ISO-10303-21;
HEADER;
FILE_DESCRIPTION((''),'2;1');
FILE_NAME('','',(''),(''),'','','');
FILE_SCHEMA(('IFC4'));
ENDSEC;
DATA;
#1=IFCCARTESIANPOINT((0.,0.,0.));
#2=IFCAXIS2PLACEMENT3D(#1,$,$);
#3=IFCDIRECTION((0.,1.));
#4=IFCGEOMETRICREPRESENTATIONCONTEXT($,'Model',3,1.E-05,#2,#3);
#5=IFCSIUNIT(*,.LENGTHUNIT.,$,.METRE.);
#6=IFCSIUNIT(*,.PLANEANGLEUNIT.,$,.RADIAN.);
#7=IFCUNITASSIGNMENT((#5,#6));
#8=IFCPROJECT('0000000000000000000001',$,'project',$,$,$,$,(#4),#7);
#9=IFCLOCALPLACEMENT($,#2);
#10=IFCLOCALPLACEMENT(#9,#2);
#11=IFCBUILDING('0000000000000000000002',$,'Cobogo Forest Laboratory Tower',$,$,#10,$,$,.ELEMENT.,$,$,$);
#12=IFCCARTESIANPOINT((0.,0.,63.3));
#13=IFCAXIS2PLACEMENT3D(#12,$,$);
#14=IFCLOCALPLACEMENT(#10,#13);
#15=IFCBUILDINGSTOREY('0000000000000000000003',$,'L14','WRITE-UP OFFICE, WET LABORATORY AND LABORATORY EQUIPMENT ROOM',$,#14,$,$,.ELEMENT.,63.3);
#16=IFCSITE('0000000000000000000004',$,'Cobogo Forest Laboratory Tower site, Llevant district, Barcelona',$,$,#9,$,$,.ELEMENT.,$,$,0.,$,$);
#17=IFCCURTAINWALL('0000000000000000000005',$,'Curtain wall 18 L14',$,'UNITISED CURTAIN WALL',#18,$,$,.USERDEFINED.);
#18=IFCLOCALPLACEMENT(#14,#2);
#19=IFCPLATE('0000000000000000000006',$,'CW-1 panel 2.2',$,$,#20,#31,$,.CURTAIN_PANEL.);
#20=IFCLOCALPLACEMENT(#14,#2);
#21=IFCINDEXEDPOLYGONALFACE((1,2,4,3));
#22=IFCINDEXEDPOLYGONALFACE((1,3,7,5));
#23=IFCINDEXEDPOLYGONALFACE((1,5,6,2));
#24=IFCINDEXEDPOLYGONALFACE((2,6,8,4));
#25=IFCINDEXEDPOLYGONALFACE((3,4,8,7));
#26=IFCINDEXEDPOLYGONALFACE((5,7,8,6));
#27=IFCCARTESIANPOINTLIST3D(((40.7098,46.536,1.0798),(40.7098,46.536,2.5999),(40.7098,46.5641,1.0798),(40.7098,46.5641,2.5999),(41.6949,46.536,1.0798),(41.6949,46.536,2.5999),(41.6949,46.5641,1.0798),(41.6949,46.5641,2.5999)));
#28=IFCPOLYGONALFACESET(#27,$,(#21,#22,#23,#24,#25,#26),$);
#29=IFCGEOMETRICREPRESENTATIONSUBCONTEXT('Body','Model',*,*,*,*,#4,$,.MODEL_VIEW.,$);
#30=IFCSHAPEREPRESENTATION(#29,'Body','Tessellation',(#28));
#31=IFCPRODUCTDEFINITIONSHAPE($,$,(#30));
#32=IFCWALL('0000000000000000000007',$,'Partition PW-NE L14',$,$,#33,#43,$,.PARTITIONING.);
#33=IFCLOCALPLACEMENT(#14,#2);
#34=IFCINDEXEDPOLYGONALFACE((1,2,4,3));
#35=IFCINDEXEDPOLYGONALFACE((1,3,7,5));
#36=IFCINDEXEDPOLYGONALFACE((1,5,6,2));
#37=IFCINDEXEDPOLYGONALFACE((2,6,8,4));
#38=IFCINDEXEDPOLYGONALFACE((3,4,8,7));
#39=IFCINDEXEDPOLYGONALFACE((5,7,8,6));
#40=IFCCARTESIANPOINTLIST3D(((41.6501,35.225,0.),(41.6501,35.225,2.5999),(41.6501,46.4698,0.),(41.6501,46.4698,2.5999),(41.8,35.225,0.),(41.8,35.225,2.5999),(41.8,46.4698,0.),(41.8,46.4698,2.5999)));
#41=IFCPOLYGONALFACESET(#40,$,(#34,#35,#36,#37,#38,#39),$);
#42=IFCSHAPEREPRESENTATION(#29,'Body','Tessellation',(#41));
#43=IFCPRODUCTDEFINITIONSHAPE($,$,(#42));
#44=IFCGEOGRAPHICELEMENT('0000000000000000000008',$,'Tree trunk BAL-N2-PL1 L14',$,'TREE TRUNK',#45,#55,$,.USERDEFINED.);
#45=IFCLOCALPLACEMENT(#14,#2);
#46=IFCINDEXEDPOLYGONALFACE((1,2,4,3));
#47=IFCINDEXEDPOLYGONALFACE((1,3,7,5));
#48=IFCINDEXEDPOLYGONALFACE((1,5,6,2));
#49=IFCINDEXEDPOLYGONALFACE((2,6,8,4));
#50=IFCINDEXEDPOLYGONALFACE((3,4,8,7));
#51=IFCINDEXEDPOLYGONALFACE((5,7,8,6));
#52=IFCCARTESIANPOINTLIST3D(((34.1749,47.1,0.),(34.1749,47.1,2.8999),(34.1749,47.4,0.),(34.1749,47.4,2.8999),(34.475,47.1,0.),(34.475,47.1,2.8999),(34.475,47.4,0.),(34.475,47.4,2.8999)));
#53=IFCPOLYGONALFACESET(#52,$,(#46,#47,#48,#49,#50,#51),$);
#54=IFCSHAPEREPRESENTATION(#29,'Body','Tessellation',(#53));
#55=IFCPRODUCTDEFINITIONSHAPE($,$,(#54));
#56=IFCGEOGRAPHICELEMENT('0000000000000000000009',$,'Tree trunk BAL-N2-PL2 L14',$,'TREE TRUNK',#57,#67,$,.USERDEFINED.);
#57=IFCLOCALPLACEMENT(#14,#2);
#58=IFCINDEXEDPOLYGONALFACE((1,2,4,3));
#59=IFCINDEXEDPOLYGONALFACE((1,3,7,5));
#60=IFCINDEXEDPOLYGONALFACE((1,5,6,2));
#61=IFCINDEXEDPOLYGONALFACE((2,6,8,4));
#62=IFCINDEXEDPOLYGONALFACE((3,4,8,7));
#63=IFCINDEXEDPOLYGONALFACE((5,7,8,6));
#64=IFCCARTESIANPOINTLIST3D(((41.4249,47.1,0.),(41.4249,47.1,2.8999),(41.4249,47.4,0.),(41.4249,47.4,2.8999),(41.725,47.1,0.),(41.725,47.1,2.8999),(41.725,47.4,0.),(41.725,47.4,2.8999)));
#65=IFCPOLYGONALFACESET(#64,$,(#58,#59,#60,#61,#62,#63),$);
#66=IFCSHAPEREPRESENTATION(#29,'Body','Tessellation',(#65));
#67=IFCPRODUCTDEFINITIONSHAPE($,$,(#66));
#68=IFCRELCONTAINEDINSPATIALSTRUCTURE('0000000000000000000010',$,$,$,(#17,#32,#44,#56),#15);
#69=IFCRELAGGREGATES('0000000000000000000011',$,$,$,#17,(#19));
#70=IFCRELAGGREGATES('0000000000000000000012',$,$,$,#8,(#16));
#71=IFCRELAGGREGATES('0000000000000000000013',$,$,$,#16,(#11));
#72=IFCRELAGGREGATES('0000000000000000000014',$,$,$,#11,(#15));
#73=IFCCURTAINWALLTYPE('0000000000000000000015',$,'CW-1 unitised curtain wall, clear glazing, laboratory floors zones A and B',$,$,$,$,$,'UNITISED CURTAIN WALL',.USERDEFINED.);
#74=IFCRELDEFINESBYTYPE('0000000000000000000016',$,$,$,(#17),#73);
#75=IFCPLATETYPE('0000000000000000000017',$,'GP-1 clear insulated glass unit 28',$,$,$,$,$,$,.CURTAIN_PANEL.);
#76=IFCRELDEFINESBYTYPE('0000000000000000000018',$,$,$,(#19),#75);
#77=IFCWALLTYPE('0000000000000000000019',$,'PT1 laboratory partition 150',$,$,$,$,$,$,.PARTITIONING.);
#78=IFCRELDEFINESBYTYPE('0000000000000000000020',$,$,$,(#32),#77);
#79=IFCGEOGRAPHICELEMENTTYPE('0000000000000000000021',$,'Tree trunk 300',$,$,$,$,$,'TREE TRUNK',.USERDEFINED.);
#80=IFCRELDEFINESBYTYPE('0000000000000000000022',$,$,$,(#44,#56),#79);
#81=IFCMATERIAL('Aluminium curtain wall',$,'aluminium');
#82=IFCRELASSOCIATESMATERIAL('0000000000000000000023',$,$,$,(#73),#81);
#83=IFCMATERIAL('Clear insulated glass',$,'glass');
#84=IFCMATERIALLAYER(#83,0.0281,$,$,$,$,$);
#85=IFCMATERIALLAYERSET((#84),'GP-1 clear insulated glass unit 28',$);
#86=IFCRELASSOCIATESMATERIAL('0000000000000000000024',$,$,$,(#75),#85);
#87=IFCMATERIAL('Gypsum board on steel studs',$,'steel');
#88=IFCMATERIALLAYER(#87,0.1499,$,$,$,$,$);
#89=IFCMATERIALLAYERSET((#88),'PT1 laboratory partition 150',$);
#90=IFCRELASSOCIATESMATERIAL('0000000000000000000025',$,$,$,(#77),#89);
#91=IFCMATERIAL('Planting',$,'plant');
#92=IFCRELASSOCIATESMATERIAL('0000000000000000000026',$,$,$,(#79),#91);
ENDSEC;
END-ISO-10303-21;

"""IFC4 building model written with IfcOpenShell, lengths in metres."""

from ifc_helpers import new_model, si_unit, direction, frame, frame_2d, origin, origin_2d, place, context, subcontext, project, spatial, rectangle, extrude, material, layer, layer_set, type_object, element, aggregate, save


model = new_model("IFC4")

# Units and contexts
model_context = context("Model", 3, precision=1e-05, world=origin(), true_north=direction((0.0, 1.0)))
body_context = subcontext(model_context, "Body", "Model", "MODEL_VIEW")
ifc_project = project(units=[si_unit("LENGTHUNIT", "METRE"), si_unit("PLANEANGLEUNIT", "RADIAN")], contexts=[model_context])

# Site, building, storey
site_placement = place(None, origin())
site = spatial("IfcSite", under=ifc_project, at=site_placement, Name="Cobogo Forest Laboratory Tower site, Llevant district, Barcelona", CompositionType="ELEMENT", RefElevation=0.0)
building_placement = place(site_placement, origin())
building = spatial("IfcBuilding", under=site, at=building_placement, Name="Cobogo Forest Laboratory Tower", CompositionType="ELEMENT")
storey_placement = place(building_placement, frame((0.0, 0.0, 63.3)))
storey = spatial("IfcBuildingStorey", under=building, at=storey_placement, Name="L14", Description="WRITE-UP OFFICE, WET LABORATORY AND LABORATORY EQUIPMENT ROOM", CompositionType="ELEMENT", Elevation=63.3)

# Curtain wall
ifc_material_1 = material(Name="Aluminium curtain wall", Category="aluminium")
curtain_wall_type = type_object("IfcCurtainWallType", Name="CW-1 unitised curtain wall, clear glazing, laboratory floors zones A and B", ElementType="UNITISED CURTAIN WALL", PredefinedType="USERDEFINED", material=ifc_material_1)
curtain_wall_placement = place(storey_placement, origin())
curtain_wall = element("IfcCurtainWall", 1, at=curtain_wall_placement, inside=storey, type_object=curtain_wall_type, Name="Curtain wall 18 L14", ObjectType="UNITISED CURTAIN WALL", PredefinedType="USERDEFINED")

# Plate
ifc_material_2 = material(Name="Clear insulated glass", Category="glass")
ifc_layer_1 = layer(ifc_material_2, 0.0281)
ifc_layer_set_1 = layer_set([ifc_layer_1], Name="GP-1 clear insulated glass unit 28")
plate_type = type_object("IfcPlateType", Name="GP-1 clear insulated glass unit 28", PredefinedType="CURTAIN_PANEL", material=ifc_layer_set_1)
plate_1_placement = place(storey_placement, frame((41.2024, 46.55, 1.0798), z_axis=(0.0, 0.0, 1.0), x_axis=(-1.0, 0.0, 0.0)))
plate_1 = element("IfcPlate", 2, at=plate_1_placement, type_object=plate_type, Name="CW-1 panel 2.2", PredefinedType="CURTAIN_PANEL", context=body_context, shape_type="SweptSolid", body=[
    extrude(rectangle(XDim=0.9851, YDim=0.0281, at=origin_2d()), origin(), (0.0, 0.0, 1.0), 1.52),
])
aggregate(curtain_wall, [plate_1])

# Wall
ifc_material_3 = material(Name="Gypsum board on steel studs", Category="steel")
ifc_layer_2 = layer(ifc_material_3, 0.1499)
ifc_layer_set_2 = layer_set([ifc_layer_2], Name="PT1 laboratory partition 150")
wall_type_1 = type_object("IfcWallType", Name="PT1 laboratory partition 150", PredefinedType="PARTITIONING", material=ifc_layer_set_2)
wall_1_placement = place(storey_placement, frame((41.7251, 46.47, 0.0), z_axis=(0.0, 0.0, 1.0), x_axis=(0.0, -1.0, 0.0)))
element("IfcWall", 3, at=wall_1_placement, inside=storey, type_object=wall_type_1, Name="Partition PW-NE L14", PredefinedType="PARTITIONING", context=body_context, shape_type="SweptSolid", body=[
    extrude(rectangle(XDim=11.2449, YDim=0.1499, at=frame_2d((5.6226, 0.0))), origin(), (0.0, 0.0, 1.0), 2.5999),
])

# Geographic elements
ifc_material_4 = material(Name="Planting", Category="plant")
geographic_element_type = type_object("IfcGeographicElementType", Name="Tree trunk 300", ElementType="TREE TRUNK", PredefinedType="USERDEFINED", material=ifc_material_4)
for number, where, z_axis, x_axis, name in (
    (4, (34.325, 47.25, 0.0), (0.0, 0.0, 1.0), (1.0, 0.0, 0.0), "Tree trunk BAL-N2-PL1 L14"),
    (5, (41.575, 47.25, 0.0), (0.0, 0.0, 1.0), (1.0, 0.0, 0.0), "Tree trunk BAL-N2-PL2 L14"),
):
    element("IfcGeographicElement", number, at=place(storey_placement, frame(where, z_axis=z_axis, x_axis=x_axis)), inside=storey, type_object=geographic_element_type, Name=name, ObjectType="TREE TRUNK", PredefinedType="USERDEFINED", context=body_context, shape_type="SweptSolid", body=[
        extrude(rectangle(XDim=0.3, YDim=0.3, at=origin_2d()), origin(), (0.0, 0.0, 1.0), 2.8999),
    ])

save(model, "model.ifc")
